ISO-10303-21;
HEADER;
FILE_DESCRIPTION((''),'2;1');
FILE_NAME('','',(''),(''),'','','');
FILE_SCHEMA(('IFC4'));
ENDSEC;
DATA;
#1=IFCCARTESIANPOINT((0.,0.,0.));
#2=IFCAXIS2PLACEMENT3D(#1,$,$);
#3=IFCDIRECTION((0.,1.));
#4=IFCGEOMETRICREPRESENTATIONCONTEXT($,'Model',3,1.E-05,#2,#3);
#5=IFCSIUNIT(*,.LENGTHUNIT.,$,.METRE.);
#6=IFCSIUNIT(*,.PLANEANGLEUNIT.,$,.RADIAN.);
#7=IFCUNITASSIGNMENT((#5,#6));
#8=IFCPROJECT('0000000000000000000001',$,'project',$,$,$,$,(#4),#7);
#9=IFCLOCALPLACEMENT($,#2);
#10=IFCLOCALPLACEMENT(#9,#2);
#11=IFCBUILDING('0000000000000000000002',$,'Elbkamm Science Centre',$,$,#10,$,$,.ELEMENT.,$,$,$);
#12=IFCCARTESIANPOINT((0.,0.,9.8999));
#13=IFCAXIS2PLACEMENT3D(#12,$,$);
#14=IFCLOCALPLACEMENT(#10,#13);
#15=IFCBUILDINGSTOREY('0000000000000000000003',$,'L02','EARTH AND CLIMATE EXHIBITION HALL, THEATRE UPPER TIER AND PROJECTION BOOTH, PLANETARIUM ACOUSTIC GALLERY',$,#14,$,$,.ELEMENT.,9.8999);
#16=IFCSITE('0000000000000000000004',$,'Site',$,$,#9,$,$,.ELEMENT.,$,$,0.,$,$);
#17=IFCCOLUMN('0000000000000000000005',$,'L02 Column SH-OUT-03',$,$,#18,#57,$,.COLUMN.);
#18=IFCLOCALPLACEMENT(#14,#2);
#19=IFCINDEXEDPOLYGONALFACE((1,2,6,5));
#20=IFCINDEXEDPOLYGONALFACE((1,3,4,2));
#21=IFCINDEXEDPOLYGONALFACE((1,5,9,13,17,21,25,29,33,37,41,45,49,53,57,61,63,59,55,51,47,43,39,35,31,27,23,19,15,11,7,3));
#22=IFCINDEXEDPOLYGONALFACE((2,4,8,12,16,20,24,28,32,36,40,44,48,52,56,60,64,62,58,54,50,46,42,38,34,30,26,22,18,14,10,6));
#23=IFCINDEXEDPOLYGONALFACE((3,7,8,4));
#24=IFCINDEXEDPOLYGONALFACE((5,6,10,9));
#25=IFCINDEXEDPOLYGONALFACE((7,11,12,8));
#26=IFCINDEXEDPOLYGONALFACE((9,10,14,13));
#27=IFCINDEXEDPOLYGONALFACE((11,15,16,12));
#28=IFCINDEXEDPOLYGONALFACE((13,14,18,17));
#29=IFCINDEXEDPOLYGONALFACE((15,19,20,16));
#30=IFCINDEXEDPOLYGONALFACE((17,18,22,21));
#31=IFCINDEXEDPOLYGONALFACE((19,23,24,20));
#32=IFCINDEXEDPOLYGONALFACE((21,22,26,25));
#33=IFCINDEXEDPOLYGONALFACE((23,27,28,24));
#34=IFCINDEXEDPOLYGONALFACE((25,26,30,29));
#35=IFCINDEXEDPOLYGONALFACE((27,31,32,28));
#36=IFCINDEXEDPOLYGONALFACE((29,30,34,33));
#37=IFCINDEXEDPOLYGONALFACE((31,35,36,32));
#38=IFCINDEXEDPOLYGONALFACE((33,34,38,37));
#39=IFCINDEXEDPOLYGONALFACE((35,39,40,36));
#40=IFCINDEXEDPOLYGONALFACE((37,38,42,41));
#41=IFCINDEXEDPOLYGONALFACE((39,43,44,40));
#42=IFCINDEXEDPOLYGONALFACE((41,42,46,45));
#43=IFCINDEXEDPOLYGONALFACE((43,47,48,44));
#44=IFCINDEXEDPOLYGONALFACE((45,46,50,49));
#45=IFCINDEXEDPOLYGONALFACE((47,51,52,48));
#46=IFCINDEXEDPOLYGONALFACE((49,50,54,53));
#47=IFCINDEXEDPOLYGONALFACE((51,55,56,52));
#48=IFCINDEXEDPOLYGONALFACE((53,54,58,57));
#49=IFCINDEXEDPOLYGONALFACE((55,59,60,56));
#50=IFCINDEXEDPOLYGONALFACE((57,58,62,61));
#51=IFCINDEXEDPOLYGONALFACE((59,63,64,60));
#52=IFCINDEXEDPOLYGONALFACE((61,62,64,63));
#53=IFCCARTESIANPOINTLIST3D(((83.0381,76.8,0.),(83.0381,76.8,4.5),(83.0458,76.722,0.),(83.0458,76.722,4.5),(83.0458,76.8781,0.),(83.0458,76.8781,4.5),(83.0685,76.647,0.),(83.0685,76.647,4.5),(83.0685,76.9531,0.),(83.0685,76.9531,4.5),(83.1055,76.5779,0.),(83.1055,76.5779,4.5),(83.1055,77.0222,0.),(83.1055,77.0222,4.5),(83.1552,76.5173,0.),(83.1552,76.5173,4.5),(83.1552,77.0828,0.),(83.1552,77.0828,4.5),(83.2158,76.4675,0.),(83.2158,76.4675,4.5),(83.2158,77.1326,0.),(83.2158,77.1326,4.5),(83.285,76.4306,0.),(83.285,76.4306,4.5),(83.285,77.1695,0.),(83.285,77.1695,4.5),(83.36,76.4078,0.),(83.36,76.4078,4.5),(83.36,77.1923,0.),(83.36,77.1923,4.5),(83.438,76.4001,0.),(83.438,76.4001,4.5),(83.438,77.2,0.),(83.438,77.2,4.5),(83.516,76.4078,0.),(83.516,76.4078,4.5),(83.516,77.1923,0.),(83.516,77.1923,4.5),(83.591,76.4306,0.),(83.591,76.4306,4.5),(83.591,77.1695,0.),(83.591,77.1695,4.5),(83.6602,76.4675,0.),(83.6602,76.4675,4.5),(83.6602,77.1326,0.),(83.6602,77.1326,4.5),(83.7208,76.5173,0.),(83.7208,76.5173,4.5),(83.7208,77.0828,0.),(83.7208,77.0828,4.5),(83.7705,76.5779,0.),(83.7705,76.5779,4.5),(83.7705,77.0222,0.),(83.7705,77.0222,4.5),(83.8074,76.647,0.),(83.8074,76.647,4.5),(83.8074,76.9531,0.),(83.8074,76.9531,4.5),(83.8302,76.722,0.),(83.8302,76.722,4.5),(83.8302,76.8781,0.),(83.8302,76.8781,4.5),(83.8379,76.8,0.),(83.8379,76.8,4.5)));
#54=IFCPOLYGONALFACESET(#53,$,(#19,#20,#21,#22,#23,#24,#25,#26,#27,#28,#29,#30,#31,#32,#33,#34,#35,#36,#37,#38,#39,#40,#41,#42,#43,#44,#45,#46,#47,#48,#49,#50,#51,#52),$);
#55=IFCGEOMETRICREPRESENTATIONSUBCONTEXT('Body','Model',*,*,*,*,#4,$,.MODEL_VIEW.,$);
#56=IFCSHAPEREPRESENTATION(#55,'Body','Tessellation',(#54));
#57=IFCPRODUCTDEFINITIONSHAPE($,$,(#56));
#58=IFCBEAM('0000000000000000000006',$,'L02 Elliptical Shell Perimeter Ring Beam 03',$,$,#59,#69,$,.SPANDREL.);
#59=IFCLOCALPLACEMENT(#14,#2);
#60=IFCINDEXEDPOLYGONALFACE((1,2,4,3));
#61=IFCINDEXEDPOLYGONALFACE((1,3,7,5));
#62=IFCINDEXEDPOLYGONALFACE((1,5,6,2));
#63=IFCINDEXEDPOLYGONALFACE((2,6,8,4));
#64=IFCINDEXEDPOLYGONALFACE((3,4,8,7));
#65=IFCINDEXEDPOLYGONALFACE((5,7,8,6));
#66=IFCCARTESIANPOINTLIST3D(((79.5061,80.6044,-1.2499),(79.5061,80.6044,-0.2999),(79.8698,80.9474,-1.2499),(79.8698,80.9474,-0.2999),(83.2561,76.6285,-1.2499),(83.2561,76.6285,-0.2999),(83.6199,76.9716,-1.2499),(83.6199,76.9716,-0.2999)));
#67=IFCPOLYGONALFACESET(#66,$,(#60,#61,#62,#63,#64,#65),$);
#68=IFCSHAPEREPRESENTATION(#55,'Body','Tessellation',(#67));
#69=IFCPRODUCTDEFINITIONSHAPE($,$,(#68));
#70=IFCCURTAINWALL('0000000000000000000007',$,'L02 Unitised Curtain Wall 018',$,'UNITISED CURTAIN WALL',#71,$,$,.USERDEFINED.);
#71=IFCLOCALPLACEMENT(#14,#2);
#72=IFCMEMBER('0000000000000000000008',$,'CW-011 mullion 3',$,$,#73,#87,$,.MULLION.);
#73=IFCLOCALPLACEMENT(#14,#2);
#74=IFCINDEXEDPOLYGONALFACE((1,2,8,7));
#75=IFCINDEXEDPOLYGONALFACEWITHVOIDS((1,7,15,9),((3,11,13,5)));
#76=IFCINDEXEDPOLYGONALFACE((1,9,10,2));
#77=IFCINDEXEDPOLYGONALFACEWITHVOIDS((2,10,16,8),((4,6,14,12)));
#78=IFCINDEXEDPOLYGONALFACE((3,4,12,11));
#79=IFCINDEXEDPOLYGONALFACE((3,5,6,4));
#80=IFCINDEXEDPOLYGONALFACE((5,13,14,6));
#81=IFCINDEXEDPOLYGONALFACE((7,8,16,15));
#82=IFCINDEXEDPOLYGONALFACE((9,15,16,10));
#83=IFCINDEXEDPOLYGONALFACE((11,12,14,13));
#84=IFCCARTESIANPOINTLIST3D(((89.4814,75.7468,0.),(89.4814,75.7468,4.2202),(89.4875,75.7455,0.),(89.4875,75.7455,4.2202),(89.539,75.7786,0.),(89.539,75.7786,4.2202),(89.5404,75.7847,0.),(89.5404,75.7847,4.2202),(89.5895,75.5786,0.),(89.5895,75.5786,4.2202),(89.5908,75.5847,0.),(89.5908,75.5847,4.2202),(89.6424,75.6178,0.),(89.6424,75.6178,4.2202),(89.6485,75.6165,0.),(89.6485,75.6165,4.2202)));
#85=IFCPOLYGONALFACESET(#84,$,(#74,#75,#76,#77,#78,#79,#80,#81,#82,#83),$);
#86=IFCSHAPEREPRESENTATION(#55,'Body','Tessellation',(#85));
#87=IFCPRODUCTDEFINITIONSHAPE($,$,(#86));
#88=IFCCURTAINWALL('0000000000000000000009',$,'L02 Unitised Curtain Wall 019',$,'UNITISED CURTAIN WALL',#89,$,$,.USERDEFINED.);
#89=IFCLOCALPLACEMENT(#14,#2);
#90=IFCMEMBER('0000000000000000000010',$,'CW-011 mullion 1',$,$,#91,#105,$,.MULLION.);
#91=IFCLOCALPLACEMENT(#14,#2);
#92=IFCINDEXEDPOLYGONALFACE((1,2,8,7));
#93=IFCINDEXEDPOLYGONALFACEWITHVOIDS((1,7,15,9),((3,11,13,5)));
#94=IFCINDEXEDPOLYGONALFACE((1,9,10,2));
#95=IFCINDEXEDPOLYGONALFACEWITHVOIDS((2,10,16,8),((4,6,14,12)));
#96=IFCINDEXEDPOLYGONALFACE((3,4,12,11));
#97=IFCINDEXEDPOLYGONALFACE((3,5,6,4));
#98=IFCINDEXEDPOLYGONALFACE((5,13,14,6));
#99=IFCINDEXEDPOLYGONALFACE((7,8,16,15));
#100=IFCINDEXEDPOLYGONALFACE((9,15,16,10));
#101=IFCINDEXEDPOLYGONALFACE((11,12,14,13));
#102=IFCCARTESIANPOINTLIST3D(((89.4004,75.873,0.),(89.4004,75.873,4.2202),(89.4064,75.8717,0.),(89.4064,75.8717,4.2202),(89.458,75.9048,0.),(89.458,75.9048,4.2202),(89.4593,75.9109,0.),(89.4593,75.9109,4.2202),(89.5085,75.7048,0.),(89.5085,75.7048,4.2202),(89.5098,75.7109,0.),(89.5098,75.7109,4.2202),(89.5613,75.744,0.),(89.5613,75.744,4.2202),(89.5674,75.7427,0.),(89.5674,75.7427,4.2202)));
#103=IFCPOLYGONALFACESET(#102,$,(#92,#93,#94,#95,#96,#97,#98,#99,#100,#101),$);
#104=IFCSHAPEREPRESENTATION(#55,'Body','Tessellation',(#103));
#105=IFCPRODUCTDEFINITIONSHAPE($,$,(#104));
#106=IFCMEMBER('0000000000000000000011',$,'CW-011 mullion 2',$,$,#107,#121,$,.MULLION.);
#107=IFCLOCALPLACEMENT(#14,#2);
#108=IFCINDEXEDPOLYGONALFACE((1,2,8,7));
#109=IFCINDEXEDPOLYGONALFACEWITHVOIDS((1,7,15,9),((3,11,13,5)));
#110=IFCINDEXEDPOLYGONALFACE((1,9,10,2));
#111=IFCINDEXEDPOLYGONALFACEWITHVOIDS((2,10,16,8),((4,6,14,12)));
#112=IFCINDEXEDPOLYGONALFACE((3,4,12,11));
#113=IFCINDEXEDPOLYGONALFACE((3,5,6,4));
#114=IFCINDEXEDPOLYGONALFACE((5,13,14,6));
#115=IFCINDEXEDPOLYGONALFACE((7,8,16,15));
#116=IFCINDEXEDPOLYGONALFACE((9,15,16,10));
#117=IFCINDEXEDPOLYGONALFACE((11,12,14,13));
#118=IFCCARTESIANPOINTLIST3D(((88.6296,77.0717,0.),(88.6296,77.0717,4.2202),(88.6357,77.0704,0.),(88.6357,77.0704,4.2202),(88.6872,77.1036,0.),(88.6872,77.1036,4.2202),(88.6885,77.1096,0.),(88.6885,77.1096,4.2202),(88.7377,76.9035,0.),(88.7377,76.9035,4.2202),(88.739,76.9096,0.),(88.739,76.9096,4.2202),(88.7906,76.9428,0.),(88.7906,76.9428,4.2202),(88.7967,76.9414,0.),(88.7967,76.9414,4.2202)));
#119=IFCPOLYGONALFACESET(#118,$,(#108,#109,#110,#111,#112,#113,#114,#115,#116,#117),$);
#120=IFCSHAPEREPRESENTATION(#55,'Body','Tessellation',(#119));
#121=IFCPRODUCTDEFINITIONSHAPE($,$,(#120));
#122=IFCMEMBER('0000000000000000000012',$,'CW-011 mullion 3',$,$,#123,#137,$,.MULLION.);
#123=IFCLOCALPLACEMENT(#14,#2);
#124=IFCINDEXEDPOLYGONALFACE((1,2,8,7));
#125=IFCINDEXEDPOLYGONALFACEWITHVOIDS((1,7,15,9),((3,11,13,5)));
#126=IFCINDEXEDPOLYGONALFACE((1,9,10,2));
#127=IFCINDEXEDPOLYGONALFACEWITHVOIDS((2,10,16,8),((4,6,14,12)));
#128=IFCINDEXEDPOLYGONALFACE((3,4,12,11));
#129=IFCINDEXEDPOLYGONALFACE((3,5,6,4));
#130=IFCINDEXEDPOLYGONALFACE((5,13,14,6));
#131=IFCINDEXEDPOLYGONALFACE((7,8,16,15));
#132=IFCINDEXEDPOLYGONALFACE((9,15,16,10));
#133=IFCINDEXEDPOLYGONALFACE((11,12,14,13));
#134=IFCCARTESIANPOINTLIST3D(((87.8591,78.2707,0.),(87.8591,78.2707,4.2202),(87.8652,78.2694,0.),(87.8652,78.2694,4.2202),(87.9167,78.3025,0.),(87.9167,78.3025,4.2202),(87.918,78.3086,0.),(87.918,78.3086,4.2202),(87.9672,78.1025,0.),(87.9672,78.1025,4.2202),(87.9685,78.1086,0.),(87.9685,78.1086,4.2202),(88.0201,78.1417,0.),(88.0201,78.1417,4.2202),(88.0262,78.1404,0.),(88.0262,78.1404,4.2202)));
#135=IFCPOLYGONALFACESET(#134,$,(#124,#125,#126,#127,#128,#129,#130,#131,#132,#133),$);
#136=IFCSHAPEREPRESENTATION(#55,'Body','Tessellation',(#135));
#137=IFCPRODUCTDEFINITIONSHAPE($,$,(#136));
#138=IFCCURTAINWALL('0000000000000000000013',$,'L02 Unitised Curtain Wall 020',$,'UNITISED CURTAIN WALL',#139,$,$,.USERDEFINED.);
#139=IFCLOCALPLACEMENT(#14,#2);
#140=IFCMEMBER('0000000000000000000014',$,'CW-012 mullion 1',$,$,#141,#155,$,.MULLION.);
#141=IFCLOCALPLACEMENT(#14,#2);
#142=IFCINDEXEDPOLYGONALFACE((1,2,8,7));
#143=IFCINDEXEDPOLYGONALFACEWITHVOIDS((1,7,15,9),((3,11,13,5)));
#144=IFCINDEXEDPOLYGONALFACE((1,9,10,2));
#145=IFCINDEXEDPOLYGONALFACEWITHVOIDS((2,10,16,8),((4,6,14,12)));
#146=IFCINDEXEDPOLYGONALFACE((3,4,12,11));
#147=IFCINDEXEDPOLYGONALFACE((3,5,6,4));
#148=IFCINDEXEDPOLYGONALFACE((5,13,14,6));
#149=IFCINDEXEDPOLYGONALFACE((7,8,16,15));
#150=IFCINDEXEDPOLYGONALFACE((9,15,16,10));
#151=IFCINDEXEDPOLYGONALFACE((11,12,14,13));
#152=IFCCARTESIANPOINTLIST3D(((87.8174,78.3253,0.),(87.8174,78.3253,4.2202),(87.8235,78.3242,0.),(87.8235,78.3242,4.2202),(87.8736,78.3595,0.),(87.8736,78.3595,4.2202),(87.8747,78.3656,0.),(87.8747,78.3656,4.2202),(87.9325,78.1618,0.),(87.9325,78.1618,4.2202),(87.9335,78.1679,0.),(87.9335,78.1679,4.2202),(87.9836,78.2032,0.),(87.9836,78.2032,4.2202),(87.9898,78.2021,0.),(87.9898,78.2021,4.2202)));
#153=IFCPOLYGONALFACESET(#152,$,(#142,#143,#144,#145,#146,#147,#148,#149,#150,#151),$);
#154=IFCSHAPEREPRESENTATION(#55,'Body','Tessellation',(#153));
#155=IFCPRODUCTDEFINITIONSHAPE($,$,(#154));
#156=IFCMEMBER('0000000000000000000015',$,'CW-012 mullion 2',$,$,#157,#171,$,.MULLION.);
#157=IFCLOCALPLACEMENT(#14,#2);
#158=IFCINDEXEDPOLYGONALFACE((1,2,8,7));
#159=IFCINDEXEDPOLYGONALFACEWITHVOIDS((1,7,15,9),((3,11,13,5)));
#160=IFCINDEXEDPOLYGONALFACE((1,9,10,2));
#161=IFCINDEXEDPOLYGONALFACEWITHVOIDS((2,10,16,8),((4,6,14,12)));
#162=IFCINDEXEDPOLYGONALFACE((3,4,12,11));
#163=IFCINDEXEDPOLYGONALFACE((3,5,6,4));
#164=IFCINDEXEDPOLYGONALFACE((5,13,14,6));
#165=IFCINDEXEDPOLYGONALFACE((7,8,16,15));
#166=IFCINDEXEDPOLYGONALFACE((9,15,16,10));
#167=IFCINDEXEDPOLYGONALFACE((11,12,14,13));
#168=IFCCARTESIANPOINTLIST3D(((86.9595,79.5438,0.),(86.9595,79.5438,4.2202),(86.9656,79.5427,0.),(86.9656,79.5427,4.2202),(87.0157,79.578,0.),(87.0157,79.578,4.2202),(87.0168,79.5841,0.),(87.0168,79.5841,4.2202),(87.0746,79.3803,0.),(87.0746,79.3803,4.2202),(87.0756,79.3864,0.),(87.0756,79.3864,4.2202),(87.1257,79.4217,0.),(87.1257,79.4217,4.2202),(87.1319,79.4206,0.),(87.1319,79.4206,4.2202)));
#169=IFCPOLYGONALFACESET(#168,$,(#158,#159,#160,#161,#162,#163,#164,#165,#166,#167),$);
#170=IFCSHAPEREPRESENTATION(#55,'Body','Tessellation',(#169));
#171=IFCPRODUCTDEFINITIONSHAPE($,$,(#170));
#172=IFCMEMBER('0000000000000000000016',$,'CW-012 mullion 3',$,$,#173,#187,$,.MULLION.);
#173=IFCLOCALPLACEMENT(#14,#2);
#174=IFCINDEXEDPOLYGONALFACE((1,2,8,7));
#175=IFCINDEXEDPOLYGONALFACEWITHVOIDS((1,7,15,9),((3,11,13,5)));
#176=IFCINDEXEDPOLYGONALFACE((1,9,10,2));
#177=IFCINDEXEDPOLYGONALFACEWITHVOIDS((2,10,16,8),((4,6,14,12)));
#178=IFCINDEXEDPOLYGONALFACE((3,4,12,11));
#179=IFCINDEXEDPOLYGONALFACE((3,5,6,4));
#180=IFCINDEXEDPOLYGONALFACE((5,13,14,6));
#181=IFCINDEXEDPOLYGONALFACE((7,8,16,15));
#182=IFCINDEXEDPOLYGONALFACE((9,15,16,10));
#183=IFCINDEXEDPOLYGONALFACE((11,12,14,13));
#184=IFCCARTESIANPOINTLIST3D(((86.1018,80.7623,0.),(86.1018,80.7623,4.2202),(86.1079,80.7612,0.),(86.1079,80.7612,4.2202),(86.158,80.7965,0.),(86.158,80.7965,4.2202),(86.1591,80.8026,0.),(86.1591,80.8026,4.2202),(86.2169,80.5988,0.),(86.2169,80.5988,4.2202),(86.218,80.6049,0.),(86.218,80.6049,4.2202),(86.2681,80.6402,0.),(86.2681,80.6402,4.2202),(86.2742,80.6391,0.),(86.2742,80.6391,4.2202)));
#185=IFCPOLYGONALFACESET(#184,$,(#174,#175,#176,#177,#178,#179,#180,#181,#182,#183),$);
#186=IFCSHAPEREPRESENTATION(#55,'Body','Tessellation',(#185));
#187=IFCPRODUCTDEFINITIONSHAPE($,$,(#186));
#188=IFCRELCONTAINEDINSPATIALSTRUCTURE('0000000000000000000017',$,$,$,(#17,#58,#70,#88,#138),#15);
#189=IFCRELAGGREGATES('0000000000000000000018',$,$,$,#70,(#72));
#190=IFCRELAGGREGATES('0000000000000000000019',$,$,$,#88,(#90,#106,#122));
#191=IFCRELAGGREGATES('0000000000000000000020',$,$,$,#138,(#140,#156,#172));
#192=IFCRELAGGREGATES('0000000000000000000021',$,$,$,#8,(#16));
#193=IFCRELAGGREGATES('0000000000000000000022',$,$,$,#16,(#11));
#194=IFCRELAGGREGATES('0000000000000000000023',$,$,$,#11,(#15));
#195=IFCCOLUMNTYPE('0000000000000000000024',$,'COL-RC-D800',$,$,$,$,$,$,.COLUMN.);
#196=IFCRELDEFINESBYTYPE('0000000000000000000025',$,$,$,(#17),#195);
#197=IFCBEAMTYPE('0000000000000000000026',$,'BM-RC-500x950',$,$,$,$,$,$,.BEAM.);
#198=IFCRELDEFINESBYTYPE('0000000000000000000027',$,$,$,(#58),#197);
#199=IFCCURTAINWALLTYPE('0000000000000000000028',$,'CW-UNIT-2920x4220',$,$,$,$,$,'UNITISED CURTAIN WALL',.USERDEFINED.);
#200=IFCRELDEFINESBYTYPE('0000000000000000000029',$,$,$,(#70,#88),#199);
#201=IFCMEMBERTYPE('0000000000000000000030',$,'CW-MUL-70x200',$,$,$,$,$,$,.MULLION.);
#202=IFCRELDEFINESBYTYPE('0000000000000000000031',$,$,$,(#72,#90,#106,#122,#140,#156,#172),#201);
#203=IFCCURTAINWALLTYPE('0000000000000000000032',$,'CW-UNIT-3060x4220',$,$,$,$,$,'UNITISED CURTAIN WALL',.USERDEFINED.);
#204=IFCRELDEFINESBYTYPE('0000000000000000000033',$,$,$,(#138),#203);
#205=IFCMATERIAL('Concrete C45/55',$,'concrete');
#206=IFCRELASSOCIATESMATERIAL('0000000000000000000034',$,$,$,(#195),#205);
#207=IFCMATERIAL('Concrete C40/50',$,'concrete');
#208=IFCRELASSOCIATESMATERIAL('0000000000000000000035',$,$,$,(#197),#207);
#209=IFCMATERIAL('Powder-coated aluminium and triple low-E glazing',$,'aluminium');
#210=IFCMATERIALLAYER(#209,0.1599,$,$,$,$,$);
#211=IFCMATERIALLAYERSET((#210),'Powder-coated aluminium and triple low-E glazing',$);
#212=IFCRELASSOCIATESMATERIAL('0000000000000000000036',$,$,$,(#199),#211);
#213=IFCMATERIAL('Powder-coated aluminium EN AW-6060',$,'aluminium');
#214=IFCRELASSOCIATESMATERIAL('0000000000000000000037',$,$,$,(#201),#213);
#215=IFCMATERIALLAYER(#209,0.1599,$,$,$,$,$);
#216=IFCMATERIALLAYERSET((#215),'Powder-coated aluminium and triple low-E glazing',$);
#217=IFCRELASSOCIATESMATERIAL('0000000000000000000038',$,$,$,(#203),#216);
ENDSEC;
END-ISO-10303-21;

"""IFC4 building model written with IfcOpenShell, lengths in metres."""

from ifc_helpers import new_model, si_unit, direction, frame, origin, origin_2d, place, context, subcontext, project, spatial, rectangle, hollow_rectangle, circle, extrude, material, layer, layer_set, material_profile, profile_set, type_object, element, aggregate, save


model = new_model("IFC4")

# Units and contexts
model_context = context("Model", 3, precision=1e-05, world=origin(), true_north=direction((0.0, 1.0)))
body_context = subcontext(model_context, "Body", "Model", "MODEL_VIEW")
ifc_project = project(units=[si_unit("LENGTHUNIT", "METRE"), si_unit("PLANEANGLEUNIT", "RADIAN")], contexts=[model_context])

# Site, building, storey
site_placement = place(None, origin())
site = spatial("IfcSite", under=ifc_project, at=site_placement, Name="Site", CompositionType="ELEMENT", RefElevation=0.0)
building_placement = place(site_placement, origin())
building = spatial("IfcBuilding", under=site, at=building_placement, Name="Elbkamm Science Centre", CompositionType="ELEMENT")
storey_placement = place(building_placement, frame((0.0, 0.0, 9.8999)))
storey = spatial("IfcBuildingStorey", under=building, at=storey_placement, Name="L02", Description="EARTH AND CLIMATE EXHIBITION HALL, THEATRE UPPER TIER AND PROJECTION BOOTH, PLANETARIUM ACOUSTIC GALLERY", CompositionType="ELEMENT", Elevation=9.8999)

# Column
ifc_material_1 = material(Name="Concrete C45/55", Category="concrete")
ifc_material_profile_1 = material_profile(ifc_material_1, circle(Radius=0.3999, at=origin_2d()), Name="RC D800")
ifc_profile_set_1 = profile_set([ifc_material_profile_1], Name="Concrete C45/55")
column_type = type_object("IfcColumnType", Name="COL-RC-D800", PredefinedType="COLUMN", material=ifc_profile_set_1)
column_placement = place(storey_placement, frame((83.438, 76.8, 0.0), z_axis=(0.0, 0.0, 1.0), x_axis=(1.0, 0.0, 0.0)))
element("IfcColumn", 1, at=column_placement, inside=storey, type_object=column_type, Name="L02 Column SH-OUT-03", PredefinedType="COLUMN", context=body_context, shape_type="SweptSolid", body=[
    extrude(circle(Radius=0.3999, at=origin_2d()), origin(), (0.0, 0.0, 1.0), 4.5),
])

# Beam
ifc_material_2 = material(Name="Concrete C40/50", Category="concrete")
ifc_material_profile_2 = material_profile(ifc_material_2, rectangle(XDim=0.5, YDim=0.95, at=origin_2d()), Name="RC 500x950")
ifc_profile_set_2 = profile_set([ifc_material_profile_2], Name="Concrete C40/50")
beam_type = type_object("IfcBeamType", Name="BM-RC-500x950", PredefinedType="BEAM", material=ifc_profile_set_2)
beam_placement = place(storey_placement, frame((83.438, 76.8, -0.7749), z_axis=(-0.686145, 0.727465, 0.0), x_axis=(-0.727465, -0.686145, 0.0)))
element("IfcBeam", 2, at=beam_placement, inside=storey, type_object=beam_type, Name="L02 Elliptical Shell Perimeter Ring Beam 03", PredefinedType="SPANDREL", context=body_context, shape_type="SweptSolid", body=[
    extrude(rectangle(XDim=0.5, YDim=0.95, at=origin_2d()), origin(), (0.0, 0.0, 1.0), 5.4653),
])

# Curtain wall, member
ifc_material_3 = material(Name="Powder-coated aluminium and triple low-E glazing", Category="aluminium")
ifc_layer_1 = layer(ifc_material_3, 0.1599)
ifc_layer_set_1 = layer_set([ifc_layer_1], Name="Powder-coated aluminium and triple low-E glazing")
curtain_wall_type_1 = type_object("IfcCurtainWallType", Name="CW-UNIT-2920x4220", ElementType="UNITISED CURTAIN WALL", PredefinedType="USERDEFINED", material=ifc_layer_set_1)
curtain_wall_1_placement = place(storey_placement, origin())
curtain_wall_1 = element("IfcCurtainWall", 3, at=curtain_wall_1_placement, inside=storey, type_object=curtain_wall_type_1, Name="L02 Unitised Curtain Wall 018", ObjectType="UNITISED CURTAIN WALL", PredefinedType="USERDEFINED")
ifc_material_4 = material(Name="Powder-coated aluminium EN AW-6060", Category="aluminium")
ifc_material_profile_3 = material_profile(ifc_material_4, hollow_rectangle(XDim=0.0701, YDim=0.2, WallThickness=0.0044, at=origin_2d()), Name="ALU M70x200")
ifc_profile_set_3 = profile_set([ifc_material_profile_3], Name="Powder-coated aluminium EN AW-6060")
member_type_1 = type_object("IfcMemberType", Name="CW-MUL-70x200", PredefinedType="MULLION", material=ifc_profile_set_3)
member_1_placement = place(storey_placement, frame((89.5649, 75.6816, 0.0), z_axis=(0.0, 0.0, 1.0), x_axis=(-0.841211, -0.540707, 0.0)))
member_1 = element("IfcMember", 4, at=member_1_placement, type_object=member_type_1, Name="CW-011 mullion 3", PredefinedType="MULLION", context=body_context, shape_type="SweptSolid", body=[
    extrude(hollow_rectangle(XDim=0.0701, YDim=0.2, WallThickness=0.0044, at=origin_2d()), origin(), (0.0, 0.0, 1.0), 4.2202),
])
aggregate(curtain_wall_1, [member_1])

# Curtain walls, members
curtain_wall_2_placement = place(storey_placement, origin())
curtain_wall_2 = element("IfcCurtainWall", 5, at=curtain_wall_2_placement, inside=storey, type_object=curtain_wall_type_1, Name="L02 Unitised Curtain Wall 019", ObjectType="UNITISED CURTAIN WALL", PredefinedType="USERDEFINED")
member_2_placement = place(storey_placement, frame((89.4839, 75.8079, 0.0), z_axis=(0.0, 0.0, 1.0), x_axis=(-0.841211, -0.540707, 0.0)))
member_2 = element("IfcMember", 6, at=member_2_placement, type_object=member_type_1, Name="CW-011 mullion 1", PredefinedType="MULLION", context=body_context, shape_type="SweptSolid", body=[
    extrude(hollow_rectangle(XDim=0.0701, YDim=0.2, WallThickness=0.0044, at=origin_2d()), origin(), (0.0, 0.0, 1.0), 4.2202),
])
member_3_placement = place(storey_placement, frame((88.7131, 77.0066, 0.0), z_axis=(0.0, 0.0, 1.0), x_axis=(-0.841211, -0.540707, 0.0)))
member_3 = element("IfcMember", 7, at=member_3_placement, type_object=member_type_1, Name="CW-011 mullion 2", PredefinedType="MULLION", context=body_context, shape_type="SweptSolid", body=[
    extrude(hollow_rectangle(XDim=0.0701, YDim=0.2, WallThickness=0.0044, at=origin_2d()), origin(), (0.0, 0.0, 1.0), 4.2202),
])
member_4_placement = place(storey_placement, frame((87.9426, 78.2056, 0.0), z_axis=(0.0, 0.0, 1.0), x_axis=(-0.841211, -0.540707, 0.0)))
member_4 = element("IfcMember", 8, at=member_4_placement, type_object=member_type_1, Name="CW-011 mullion 3", PredefinedType="MULLION", context=body_context, shape_type="SweptSolid", body=[
    extrude(hollow_rectangle(XDim=0.0701, YDim=0.2, WallThickness=0.0044, at=origin_2d()), origin(), (0.0, 0.0, 1.0), 4.2202),
])
ifc_layer_2 = layer(ifc_material_3, 0.1599)
ifc_layer_set_2 = layer_set([ifc_layer_2], Name="Powder-coated aluminium and triple low-E glazing")
curtain_wall_type_2 = type_object("IfcCurtainWallType", Name="CW-UNIT-3060x4220", ElementType="UNITISED CURTAIN WALL", PredefinedType="USERDEFINED", material=ifc_layer_set_2)
curtain_wall_3_placement = place(storey_placement, origin())
curtain_wall_3 = element("IfcCurtainWall", 9, at=curtain_wall_3_placement, inside=storey, type_object=curtain_wall_type_2, Name="L02 Unitised Curtain Wall 020", ObjectType="UNITISED CURTAIN WALL", PredefinedType="USERDEFINED")
member_5_placement = place(storey_placement, frame((87.9036, 78.2637, 0.0), z_axis=(0.0, 0.0, 1.0), x_axis=(-0.817695, -0.575652, 0.0)))
member_5 = element("IfcMember", 10, at=member_5_placement, type_object=member_type_1, Name="CW-012 mullion 1", PredefinedType="MULLION", context=body_context, shape_type="SweptSolid", body=[
    extrude(hollow_rectangle(XDim=0.0701, YDim=0.2, WallThickness=0.0044, at=origin_2d()), origin(), (0.0, 0.0, 1.0), 4.2202),
])
member_6_placement = place(storey_placement, frame((87.0457, 79.4822, 0.0), z_axis=(0.0, 0.0, 1.0), x_axis=(-0.817695, -0.575652, 0.0)))
member_6 = element("IfcMember", 11, at=member_6_placement, type_object=member_type_1, Name="CW-012 mullion 2", PredefinedType="MULLION", context=body_context, shape_type="SweptSolid", body=[
    extrude(hollow_rectangle(XDim=0.0701, YDim=0.2, WallThickness=0.0044, at=origin_2d()), origin(), (0.0, 0.0, 1.0), 4.2202),
])
member_7_placement = place(storey_placement, frame((86.188, 80.7007, 0.0), z_axis=(0.0, 0.0, 1.0), x_axis=(-0.817695, -0.575652, 0.0)))
member_7 = element("IfcMember", 12, at=member_7_placement, type_object=member_type_1, Name="CW-012 mullion 3", PredefinedType="MULLION", context=body_context, shape_type="SweptSolid", body=[
    extrude(hollow_rectangle(XDim=0.0701, YDim=0.2, WallThickness=0.0044, at=origin_2d()), origin(), (0.0, 0.0, 1.0), 4.2202),
])

aggregate(curtain_wall_2, [member_2, member_3, member_4])
aggregate(curtain_wall_3, [member_5, member_6, member_7])

save(model, "model.ifc")
